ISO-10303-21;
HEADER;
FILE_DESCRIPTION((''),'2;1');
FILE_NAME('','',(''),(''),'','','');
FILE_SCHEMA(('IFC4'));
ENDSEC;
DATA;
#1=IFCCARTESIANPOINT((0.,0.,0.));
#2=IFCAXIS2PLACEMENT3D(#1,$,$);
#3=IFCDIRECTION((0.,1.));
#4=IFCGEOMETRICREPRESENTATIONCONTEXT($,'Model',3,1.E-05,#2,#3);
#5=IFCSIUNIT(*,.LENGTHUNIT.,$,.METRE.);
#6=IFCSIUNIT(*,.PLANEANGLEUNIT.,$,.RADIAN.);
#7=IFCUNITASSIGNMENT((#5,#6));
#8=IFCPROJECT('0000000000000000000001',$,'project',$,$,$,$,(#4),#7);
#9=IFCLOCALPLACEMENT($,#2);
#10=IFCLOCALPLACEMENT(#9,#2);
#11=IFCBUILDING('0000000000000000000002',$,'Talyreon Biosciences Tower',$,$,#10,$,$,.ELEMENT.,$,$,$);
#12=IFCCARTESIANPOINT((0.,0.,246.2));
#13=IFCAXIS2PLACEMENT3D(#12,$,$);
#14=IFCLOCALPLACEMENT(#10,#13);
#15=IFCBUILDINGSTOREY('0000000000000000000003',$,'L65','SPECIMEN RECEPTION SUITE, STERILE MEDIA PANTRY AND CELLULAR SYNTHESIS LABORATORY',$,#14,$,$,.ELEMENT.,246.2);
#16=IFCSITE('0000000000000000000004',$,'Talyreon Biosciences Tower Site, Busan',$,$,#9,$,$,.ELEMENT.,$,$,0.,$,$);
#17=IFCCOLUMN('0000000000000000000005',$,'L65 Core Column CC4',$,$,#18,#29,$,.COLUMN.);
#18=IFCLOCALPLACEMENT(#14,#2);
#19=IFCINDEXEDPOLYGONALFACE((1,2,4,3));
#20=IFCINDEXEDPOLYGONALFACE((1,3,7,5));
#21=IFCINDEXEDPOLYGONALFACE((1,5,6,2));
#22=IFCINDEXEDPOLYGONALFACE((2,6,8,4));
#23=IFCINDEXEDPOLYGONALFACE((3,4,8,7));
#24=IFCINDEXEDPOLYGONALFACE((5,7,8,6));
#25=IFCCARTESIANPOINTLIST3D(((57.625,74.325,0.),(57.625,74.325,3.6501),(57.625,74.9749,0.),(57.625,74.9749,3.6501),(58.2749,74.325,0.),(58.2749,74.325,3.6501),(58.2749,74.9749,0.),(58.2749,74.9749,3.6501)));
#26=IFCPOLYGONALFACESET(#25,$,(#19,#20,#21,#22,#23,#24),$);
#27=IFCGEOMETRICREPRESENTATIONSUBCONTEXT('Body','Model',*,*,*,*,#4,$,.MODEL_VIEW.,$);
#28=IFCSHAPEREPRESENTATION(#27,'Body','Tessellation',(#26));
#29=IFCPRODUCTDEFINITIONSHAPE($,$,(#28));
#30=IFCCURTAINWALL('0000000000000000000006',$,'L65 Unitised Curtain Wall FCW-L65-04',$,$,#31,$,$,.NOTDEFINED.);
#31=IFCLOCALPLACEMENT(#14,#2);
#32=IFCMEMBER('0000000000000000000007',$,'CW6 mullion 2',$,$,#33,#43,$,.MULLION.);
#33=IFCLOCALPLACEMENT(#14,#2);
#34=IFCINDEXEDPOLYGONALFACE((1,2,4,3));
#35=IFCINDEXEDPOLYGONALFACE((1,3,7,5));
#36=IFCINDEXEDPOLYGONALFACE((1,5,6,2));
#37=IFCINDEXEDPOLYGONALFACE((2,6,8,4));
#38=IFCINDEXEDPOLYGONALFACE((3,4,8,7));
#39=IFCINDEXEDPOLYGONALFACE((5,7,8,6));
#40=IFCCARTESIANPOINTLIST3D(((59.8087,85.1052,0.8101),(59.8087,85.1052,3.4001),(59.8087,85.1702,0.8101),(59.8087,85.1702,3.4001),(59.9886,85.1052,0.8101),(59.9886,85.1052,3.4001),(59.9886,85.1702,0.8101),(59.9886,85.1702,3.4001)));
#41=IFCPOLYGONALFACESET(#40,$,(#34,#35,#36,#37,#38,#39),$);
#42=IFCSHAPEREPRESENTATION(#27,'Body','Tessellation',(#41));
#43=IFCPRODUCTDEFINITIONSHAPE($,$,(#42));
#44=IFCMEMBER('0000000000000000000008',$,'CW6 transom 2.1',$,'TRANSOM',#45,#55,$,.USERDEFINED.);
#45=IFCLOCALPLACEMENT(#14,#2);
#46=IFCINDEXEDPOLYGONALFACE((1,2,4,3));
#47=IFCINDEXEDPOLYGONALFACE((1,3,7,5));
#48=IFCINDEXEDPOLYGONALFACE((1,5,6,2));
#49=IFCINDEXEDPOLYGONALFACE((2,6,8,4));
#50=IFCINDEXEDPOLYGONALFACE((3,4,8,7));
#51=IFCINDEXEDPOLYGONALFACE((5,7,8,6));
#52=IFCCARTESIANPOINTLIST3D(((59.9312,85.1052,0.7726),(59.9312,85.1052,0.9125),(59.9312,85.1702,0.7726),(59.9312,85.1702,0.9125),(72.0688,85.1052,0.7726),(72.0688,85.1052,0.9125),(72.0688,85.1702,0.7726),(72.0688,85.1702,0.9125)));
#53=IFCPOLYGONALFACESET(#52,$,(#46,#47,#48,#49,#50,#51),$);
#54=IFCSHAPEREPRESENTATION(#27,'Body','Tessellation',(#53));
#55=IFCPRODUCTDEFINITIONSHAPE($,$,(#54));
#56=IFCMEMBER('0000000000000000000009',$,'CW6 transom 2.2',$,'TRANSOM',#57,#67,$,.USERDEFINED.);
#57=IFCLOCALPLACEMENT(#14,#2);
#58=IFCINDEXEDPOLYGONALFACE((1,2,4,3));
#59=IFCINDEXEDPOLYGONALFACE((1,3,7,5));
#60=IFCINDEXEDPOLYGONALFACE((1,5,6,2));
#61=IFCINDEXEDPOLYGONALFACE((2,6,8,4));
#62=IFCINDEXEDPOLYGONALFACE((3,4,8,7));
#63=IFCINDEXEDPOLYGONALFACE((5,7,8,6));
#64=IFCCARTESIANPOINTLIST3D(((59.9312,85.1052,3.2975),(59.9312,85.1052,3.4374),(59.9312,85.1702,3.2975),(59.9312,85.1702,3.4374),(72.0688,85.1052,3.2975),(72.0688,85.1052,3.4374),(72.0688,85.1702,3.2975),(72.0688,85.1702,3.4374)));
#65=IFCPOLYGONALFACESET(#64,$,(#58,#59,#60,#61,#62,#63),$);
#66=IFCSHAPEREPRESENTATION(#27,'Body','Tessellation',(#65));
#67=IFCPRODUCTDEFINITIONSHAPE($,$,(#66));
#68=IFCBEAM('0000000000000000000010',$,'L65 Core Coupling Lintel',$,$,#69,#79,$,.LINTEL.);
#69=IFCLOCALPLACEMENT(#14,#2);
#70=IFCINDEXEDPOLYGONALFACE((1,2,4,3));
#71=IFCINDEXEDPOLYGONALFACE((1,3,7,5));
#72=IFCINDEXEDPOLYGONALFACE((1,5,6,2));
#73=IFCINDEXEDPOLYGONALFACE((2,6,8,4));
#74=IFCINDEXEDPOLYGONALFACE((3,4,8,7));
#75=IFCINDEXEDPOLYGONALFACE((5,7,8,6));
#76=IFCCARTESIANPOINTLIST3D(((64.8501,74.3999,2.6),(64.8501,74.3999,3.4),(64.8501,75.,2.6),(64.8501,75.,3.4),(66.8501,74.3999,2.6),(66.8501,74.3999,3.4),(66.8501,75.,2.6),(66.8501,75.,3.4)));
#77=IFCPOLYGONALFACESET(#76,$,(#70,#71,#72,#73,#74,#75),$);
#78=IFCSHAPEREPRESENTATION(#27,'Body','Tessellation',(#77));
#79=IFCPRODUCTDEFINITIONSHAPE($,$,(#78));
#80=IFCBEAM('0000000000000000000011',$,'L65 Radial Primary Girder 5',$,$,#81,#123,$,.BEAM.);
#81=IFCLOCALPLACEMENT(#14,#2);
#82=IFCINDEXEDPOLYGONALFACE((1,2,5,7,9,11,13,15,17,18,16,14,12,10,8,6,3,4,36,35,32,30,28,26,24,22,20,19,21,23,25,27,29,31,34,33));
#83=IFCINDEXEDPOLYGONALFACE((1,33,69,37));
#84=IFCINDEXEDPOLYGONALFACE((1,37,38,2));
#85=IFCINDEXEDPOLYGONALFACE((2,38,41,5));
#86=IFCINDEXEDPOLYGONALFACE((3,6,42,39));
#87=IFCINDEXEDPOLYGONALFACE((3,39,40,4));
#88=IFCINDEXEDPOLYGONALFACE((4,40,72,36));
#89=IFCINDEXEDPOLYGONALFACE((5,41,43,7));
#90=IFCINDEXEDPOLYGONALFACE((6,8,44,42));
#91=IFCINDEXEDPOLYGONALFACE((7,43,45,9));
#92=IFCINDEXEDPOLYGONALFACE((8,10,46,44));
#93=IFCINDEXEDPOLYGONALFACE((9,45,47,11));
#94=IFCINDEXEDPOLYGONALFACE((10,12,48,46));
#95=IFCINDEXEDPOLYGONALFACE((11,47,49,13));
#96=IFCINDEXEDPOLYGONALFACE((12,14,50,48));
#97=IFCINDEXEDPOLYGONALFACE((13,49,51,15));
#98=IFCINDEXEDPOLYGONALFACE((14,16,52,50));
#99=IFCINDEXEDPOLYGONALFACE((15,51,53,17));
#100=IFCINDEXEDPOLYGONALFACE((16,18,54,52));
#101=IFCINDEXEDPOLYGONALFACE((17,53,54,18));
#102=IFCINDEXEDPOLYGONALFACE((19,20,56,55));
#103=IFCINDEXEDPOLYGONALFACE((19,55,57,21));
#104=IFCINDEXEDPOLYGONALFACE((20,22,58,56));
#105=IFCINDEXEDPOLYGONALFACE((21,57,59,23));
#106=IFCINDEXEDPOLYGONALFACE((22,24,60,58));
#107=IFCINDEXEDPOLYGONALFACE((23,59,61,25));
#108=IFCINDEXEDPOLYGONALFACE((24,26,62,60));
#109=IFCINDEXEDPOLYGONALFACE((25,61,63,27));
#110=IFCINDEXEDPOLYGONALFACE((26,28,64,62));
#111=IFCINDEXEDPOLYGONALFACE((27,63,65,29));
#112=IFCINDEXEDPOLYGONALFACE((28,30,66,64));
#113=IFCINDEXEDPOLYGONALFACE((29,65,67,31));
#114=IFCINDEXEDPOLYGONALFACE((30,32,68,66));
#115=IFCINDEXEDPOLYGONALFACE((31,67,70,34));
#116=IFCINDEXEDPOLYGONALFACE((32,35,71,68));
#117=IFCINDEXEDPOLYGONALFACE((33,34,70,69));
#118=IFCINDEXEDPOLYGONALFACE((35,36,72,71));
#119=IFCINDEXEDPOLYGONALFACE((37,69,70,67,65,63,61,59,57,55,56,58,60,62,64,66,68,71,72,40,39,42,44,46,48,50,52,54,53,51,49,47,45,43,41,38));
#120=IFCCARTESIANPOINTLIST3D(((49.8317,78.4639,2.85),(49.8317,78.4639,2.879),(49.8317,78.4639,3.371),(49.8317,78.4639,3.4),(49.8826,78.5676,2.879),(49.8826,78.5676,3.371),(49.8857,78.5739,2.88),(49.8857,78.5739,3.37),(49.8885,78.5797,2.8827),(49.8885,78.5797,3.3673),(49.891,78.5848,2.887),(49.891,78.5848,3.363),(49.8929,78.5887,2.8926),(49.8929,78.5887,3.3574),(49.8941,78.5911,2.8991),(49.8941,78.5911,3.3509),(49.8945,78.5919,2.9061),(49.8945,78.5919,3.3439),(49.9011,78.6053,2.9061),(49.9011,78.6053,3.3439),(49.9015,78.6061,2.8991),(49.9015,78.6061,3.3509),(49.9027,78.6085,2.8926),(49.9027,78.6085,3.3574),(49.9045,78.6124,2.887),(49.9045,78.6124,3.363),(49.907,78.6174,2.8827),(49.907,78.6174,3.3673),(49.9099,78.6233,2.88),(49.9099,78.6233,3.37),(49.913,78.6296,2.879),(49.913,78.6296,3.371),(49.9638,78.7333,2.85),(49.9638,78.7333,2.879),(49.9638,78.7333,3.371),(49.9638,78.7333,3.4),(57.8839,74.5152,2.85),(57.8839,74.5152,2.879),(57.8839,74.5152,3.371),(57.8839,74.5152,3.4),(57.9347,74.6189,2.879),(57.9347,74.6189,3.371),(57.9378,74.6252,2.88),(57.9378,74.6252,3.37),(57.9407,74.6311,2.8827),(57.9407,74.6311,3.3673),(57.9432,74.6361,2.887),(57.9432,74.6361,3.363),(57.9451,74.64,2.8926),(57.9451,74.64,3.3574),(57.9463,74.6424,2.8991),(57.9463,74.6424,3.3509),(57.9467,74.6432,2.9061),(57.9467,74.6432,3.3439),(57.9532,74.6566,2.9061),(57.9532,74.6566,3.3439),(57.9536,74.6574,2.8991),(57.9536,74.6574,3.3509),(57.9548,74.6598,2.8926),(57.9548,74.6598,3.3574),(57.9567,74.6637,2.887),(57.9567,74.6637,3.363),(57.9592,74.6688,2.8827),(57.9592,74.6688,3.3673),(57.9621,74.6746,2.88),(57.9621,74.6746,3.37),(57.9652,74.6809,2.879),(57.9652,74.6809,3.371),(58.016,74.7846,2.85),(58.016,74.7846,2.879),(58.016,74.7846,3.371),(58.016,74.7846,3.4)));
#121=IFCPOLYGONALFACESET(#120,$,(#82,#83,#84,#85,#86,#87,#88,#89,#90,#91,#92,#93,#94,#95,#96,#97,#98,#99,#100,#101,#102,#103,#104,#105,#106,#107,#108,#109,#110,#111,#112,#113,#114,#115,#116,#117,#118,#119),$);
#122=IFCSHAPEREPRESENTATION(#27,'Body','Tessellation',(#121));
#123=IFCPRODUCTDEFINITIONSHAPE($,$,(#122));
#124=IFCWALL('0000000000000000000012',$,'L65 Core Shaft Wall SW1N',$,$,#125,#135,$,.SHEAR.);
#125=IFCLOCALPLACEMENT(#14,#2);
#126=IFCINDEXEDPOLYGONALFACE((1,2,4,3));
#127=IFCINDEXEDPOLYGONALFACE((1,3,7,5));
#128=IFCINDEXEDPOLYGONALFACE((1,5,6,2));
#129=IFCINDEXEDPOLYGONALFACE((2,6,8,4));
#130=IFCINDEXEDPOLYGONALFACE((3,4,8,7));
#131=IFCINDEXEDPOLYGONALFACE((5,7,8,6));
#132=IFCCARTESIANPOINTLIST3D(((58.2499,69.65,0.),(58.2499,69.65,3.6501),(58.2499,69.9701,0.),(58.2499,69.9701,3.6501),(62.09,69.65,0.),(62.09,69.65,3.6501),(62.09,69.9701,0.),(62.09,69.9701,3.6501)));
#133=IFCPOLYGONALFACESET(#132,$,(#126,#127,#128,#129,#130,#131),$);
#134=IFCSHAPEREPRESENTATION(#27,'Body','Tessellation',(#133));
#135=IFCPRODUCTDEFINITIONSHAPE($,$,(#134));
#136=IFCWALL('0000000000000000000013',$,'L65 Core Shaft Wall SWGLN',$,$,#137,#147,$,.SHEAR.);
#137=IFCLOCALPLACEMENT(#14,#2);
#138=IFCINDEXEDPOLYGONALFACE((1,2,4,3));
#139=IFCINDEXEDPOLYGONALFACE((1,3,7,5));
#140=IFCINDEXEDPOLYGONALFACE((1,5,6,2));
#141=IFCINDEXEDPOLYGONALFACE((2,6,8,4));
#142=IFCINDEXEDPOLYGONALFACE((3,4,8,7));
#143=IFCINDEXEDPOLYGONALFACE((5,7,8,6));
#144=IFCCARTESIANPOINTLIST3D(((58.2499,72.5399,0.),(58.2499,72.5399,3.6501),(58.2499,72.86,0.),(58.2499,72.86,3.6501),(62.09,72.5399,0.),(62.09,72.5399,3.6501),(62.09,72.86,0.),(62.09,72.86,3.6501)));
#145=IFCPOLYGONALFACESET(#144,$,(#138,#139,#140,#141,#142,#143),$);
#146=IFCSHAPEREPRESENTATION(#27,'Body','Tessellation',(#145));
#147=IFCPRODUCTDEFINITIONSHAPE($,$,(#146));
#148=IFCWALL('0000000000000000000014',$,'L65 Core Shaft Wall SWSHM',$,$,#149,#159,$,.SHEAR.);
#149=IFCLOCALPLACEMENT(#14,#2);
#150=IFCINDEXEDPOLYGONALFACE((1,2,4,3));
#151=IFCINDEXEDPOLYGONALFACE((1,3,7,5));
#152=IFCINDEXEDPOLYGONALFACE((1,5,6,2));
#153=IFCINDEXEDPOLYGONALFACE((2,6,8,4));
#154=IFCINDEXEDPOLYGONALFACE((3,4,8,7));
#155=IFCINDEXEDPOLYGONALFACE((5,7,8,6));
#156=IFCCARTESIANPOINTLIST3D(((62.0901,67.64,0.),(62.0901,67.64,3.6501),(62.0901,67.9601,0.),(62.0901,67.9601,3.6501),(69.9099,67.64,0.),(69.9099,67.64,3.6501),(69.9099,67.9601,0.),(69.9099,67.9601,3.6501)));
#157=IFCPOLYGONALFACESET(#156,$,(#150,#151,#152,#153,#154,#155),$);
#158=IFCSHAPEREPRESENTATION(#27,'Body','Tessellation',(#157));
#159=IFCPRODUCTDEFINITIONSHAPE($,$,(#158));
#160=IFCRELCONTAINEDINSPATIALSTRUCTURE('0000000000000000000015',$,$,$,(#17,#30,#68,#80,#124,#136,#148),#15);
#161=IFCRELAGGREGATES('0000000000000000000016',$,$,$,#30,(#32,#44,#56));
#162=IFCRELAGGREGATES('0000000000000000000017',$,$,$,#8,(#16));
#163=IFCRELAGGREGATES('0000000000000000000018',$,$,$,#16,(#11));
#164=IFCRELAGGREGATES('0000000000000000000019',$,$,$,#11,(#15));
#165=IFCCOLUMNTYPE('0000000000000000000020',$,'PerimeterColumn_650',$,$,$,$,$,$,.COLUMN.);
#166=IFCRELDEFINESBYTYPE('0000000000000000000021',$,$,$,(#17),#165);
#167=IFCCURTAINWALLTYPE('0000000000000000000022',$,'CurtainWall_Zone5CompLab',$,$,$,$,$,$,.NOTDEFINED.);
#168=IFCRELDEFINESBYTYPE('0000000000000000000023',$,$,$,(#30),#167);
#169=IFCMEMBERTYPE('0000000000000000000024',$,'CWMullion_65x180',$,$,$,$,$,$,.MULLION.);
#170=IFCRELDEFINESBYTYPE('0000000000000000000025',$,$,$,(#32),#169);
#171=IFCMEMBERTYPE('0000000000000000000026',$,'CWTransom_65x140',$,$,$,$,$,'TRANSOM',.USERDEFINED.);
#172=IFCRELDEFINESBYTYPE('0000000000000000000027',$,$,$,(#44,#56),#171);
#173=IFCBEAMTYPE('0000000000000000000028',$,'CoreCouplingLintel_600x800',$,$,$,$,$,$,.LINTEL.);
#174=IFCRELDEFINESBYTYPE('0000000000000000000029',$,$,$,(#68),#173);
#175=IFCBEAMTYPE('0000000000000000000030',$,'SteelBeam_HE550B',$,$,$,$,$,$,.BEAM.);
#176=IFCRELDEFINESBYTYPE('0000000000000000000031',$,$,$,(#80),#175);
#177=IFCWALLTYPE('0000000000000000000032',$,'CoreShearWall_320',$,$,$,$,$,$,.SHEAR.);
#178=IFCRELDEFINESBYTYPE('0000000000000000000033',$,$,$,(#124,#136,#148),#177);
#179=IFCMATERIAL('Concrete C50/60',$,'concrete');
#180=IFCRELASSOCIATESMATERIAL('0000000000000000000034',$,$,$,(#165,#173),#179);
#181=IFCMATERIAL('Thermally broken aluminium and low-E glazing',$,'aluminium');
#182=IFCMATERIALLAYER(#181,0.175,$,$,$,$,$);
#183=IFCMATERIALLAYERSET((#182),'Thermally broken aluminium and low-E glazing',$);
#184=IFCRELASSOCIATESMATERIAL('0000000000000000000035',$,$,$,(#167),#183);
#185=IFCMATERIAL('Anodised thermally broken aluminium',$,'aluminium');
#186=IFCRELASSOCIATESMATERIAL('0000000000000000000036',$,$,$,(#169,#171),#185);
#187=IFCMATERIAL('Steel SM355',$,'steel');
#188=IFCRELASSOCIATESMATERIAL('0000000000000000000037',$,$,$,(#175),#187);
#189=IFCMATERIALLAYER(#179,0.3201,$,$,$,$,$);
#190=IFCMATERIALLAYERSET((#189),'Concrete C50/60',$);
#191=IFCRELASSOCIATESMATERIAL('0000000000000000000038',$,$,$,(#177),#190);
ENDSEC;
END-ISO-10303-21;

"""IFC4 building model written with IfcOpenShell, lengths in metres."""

from ifc_helpers import new_model, si_unit, direction, frame, frame_2d, origin, origin_2d, place, context, subcontext, project, spatial, rectangle, i_section, extrude, material, layer, layer_set, material_profile, profile_set, type_object, element, aggregate, save


model = new_model("IFC4")

# Units and contexts
model_context = context("Model", 3, precision=1e-05, world=origin(), true_north=direction((0.0, 1.0)))
body_context = subcontext(model_context, "Body", "Model", "MODEL_VIEW")
ifc_project = project(units=[si_unit("LENGTHUNIT", "METRE"), si_unit("PLANEANGLEUNIT", "RADIAN")], contexts=[model_context])

# Site, building, storey
site_placement = place(None, origin())
site = spatial("IfcSite", under=ifc_project, at=site_placement, Name="Talyreon Biosciences Tower Site, Busan", CompositionType="ELEMENT", RefElevation=0.0)
building_placement = place(site_placement, origin())
building = spatial("IfcBuilding", under=site, at=building_placement, Name="Talyreon Biosciences Tower", CompositionType="ELEMENT")
storey_placement = place(building_placement, frame((0.0, 0.0, 246.2)))
storey = spatial("IfcBuildingStorey", under=building, at=storey_placement, Name="L65", Description="SPECIMEN RECEPTION SUITE, STERILE MEDIA PANTRY AND CELLULAR SYNTHESIS LABORATORY", CompositionType="ELEMENT", Elevation=246.2)

# Column
ifc_material_1 = material(Name="Concrete C50/60", Category="concrete")
ifc_material_profile_1 = material_profile(ifc_material_1, rectangle(XDim=0.6499, YDim=0.6499, at=origin_2d()), Name="RC 650x650")
ifc_profile_set_1 = profile_set([ifc_material_profile_1], Name="Concrete C50/60")
column_type = type_object("IfcColumnType", Name="PerimeterColumn_650", PredefinedType="COLUMN", material=ifc_profile_set_1)
column_placement = place(storey_placement, frame((57.95, 74.6499, 0.0), z_axis=(0.0, 0.0, 1.0), x_axis=(1.0, 0.0, 0.0)))
element("IfcColumn", 1, at=column_placement, inside=storey, type_object=column_type, Name="L65 Core Column CC4", PredefinedType="COLUMN", context=body_context, shape_type="SweptSolid", body=[
    extrude(rectangle(XDim=0.6499, YDim=0.6499, at=origin_2d()), origin(), (0.0, 0.0, 1.0), 3.6501),
])

# Curtain wall, members
ifc_material_2 = material(Name="Thermally broken aluminium and low-E glazing", Category="aluminium")
ifc_layer_1 = layer(ifc_material_2, 0.175)
ifc_layer_set_1 = layer_set([ifc_layer_1], Name="Thermally broken aluminium and low-E glazing")
curtain_wall_type = type_object("IfcCurtainWallType", Name="CurtainWall_Zone5CompLab", PredefinedType="NOTDEFINED", material=ifc_layer_set_1)
curtain_wall_placement = place(storey_placement, origin())
curtain_wall = element("IfcCurtainWall", 2, at=curtain_wall_placement, inside=storey, type_object=curtain_wall_type, Name="L65 Unitised Curtain Wall FCW-L65-04", PredefinedType="NOTDEFINED")
ifc_material_3 = material(Name="Anodised thermally broken aluminium", Category="aluminium")
ifc_material_profile_2 = material_profile(ifc_material_3, rectangle(XDim=0.0649, YDim=0.1799, at=origin_2d()), Name="ALUM MULLION 65x180")
ifc_profile_set_2 = profile_set([ifc_material_profile_2], Name="Anodised thermally broken aluminium")
member_type_1 = type_object("IfcMemberType", Name="CWMullion_65x180", PredefinedType="MULLION", material=ifc_profile_set_2)
member_1_placement = place(storey_placement, frame((59.8987, 85.1377, 0.8101), z_axis=(0.0, 0.0, 1.0), x_axis=(0.0, 1.0, 0.0)))
member_1 = element("IfcMember", 3, at=member_1_placement, type_object=member_type_1, Name="CW6 mullion 2", PredefinedType="MULLION", context=body_context, shape_type="SweptSolid", body=[
    extrude(rectangle(XDim=0.0649, YDim=0.1799, at=origin_2d()), origin(), (0.0, 0.0, 1.0), 2.5901),
])
ifc_material_profile_3 = material_profile(ifc_material_3, rectangle(XDim=0.0649, YDim=0.1399, at=origin_2d()), Name="ALUM TRANSOM 65x140")
ifc_profile_set_3 = profile_set([ifc_material_profile_3], Name="Anodised thermally broken aluminium")
member_type_2 = type_object("IfcMemberType", Name="CWTransom_65x140", ElementType="TRANSOM", PredefinedType="USERDEFINED", material=ifc_profile_set_3)
member_2_placement = place(storey_placement, frame((59.9312, 85.1377, 0.8425), z_axis=(1.0, 0.0, 0.0), x_axis=(0.0, 1.0, 0.0)))
member_2 = element("IfcMember", 4, at=member_2_placement, type_object=member_type_2, Name="CW6 transom 2.1", ObjectType="TRANSOM", PredefinedType="USERDEFINED", context=body_context, shape_type="SweptSolid", body=[
    extrude(rectangle(XDim=0.0649, YDim=0.1399, at=origin_2d()), origin(), (0.0, 0.0, 1.0), 12.1377),
])
member_3_placement = place(storey_placement, frame((59.9312, 85.1377, 3.3674), z_axis=(1.0, 0.0, 0.0), x_axis=(0.0, 1.0, 0.0)))
member_3 = element("IfcMember", 5, at=member_3_placement, type_object=member_type_2, Name="CW6 transom 2.2", ObjectType="TRANSOM", PredefinedType="USERDEFINED", context=body_context, shape_type="SweptSolid", body=[
    extrude(rectangle(XDim=0.0649, YDim=0.1399, at=origin_2d()), origin(), (0.0, 0.0, 1.0), 12.1377),
])
aggregate(curtain_wall, [member_1, member_2, member_3])

# Beams
ifc_material_profile_4 = material_profile(ifc_material_1, rectangle(XDim=0.6001, YDim=0.8, at=origin_2d()), Name="RCB 600x800")
ifc_profile_set_4 = profile_set([ifc_material_profile_4], Name="Concrete C50/60")
beam_type_1 = type_object("IfcBeamType", Name="CoreCouplingLintel_600x800", PredefinedType="LINTEL", material=ifc_profile_set_4)
beam_1_placement = place(storey_placement, frame((64.8501, 74.7, 3.0), z_axis=(1.0, 0.0, 0.0), x_axis=(0.0, 1.0, 0.0)))
element("IfcBeam", 6, at=beam_1_placement, inside=storey, type_object=beam_type_1, Name="L65 Core Coupling Lintel", PredefinedType="LINTEL", context=body_context, shape_type="SweptSolid", body=[
    extrude(rectangle(XDim=0.6001, YDim=0.8, at=origin_2d()), origin(), (0.0, 0.0, 1.0), 2.0),
])
ifc_material_4 = material(Name="Steel SM355", Category="steel")
ifc_material_profile_5 = material_profile(ifc_material_4, i_section(OverallWidth=0.3, OverallDepth=0.55, WebThickness=0.0149, FlangeThickness=0.0291, FilletRadius=0.0271, at=origin_2d()), Name="HE550B")
ifc_profile_set_5 = profile_set([ifc_material_profile_5], Name="Steel SM355")
beam_type_2 = type_object("IfcBeamType", Name="SteelBeam_HE550B", PredefinedType="BEAM", material=ifc_profile_set_5)
beam_2_placement = place(storey_placement, frame((57.95, 74.6499, 3.125), z_axis=(-0.897852, 0.440297, 0.0), x_axis=(-0.440297, -0.897852, 0.0)))
element("IfcBeam", 7, at=beam_2_placement, inside=storey, type_object=beam_type_2, Name="L65 Radial Primary Girder 5", PredefinedType="BEAM", context=body_context, shape_type="SweptSolid", body=[
    extrude(i_section(OverallWidth=0.3, OverallDepth=0.55, WebThickness=0.0149, FlangeThickness=0.0291, FilletRadius=0.0271, at=origin_2d()), origin(), (0.0, 0.0, 1.0), 8.9683),
])

# Walls
ifc_layer_2 = layer(ifc_material_1, 0.3201)
ifc_layer_set_2 = layer_set([ifc_layer_2], Name="Concrete C50/60")
wall_type_1 = type_object("IfcWallType", Name="CoreShearWall_320", PredefinedType="SHEAR", material=ifc_layer_set_2)
for number, where, z_axis, x_axis, name in (
    (8, (58.25, 69.8101, 0.0), (0.0, 0.0, 1.0), (1.0, 0.0, 0.0), "L65 Core Shaft Wall SW1N"),
    (9, (58.25, 72.7, 0.0), (0.0, 0.0, 1.0), (1.0, 0.0, 0.0), "L65 Core Shaft Wall SWGLN"),
):
    element("IfcWall", number, at=place(storey_placement, frame(where, z_axis=z_axis, x_axis=x_axis)), inside=storey, type_object=wall_type_1, Name=name, PredefinedType="SHEAR", context=body_context, shape_type="SweptSolid", body=[
        extrude(rectangle(XDim=3.8401, YDim=0.3201, at=frame_2d((1.9199, 0.0))), origin(), (0.0, 0.0, 1.0), 3.6501),
    ])
wall_1_placement = place(storey_placement, frame((62.0901, 67.8, 0.0), z_axis=(0.0, 0.0, 1.0), x_axis=(1.0, 0.0, 0.0)))
element("IfcWall", 10, at=wall_1_placement, inside=storey, type_object=wall_type_1, Name="L65 Core Shaft Wall SWSHM", PredefinedType="SHEAR", context=body_context, shape_type="SweptSolid", body=[
    extrude(rectangle(XDim=7.8198, YDim=0.3201, at=frame_2d((3.9099, 0.0))), origin(), (0.0, 0.0, 1.0), 3.6501),
])

save(model, "model.ifc")
